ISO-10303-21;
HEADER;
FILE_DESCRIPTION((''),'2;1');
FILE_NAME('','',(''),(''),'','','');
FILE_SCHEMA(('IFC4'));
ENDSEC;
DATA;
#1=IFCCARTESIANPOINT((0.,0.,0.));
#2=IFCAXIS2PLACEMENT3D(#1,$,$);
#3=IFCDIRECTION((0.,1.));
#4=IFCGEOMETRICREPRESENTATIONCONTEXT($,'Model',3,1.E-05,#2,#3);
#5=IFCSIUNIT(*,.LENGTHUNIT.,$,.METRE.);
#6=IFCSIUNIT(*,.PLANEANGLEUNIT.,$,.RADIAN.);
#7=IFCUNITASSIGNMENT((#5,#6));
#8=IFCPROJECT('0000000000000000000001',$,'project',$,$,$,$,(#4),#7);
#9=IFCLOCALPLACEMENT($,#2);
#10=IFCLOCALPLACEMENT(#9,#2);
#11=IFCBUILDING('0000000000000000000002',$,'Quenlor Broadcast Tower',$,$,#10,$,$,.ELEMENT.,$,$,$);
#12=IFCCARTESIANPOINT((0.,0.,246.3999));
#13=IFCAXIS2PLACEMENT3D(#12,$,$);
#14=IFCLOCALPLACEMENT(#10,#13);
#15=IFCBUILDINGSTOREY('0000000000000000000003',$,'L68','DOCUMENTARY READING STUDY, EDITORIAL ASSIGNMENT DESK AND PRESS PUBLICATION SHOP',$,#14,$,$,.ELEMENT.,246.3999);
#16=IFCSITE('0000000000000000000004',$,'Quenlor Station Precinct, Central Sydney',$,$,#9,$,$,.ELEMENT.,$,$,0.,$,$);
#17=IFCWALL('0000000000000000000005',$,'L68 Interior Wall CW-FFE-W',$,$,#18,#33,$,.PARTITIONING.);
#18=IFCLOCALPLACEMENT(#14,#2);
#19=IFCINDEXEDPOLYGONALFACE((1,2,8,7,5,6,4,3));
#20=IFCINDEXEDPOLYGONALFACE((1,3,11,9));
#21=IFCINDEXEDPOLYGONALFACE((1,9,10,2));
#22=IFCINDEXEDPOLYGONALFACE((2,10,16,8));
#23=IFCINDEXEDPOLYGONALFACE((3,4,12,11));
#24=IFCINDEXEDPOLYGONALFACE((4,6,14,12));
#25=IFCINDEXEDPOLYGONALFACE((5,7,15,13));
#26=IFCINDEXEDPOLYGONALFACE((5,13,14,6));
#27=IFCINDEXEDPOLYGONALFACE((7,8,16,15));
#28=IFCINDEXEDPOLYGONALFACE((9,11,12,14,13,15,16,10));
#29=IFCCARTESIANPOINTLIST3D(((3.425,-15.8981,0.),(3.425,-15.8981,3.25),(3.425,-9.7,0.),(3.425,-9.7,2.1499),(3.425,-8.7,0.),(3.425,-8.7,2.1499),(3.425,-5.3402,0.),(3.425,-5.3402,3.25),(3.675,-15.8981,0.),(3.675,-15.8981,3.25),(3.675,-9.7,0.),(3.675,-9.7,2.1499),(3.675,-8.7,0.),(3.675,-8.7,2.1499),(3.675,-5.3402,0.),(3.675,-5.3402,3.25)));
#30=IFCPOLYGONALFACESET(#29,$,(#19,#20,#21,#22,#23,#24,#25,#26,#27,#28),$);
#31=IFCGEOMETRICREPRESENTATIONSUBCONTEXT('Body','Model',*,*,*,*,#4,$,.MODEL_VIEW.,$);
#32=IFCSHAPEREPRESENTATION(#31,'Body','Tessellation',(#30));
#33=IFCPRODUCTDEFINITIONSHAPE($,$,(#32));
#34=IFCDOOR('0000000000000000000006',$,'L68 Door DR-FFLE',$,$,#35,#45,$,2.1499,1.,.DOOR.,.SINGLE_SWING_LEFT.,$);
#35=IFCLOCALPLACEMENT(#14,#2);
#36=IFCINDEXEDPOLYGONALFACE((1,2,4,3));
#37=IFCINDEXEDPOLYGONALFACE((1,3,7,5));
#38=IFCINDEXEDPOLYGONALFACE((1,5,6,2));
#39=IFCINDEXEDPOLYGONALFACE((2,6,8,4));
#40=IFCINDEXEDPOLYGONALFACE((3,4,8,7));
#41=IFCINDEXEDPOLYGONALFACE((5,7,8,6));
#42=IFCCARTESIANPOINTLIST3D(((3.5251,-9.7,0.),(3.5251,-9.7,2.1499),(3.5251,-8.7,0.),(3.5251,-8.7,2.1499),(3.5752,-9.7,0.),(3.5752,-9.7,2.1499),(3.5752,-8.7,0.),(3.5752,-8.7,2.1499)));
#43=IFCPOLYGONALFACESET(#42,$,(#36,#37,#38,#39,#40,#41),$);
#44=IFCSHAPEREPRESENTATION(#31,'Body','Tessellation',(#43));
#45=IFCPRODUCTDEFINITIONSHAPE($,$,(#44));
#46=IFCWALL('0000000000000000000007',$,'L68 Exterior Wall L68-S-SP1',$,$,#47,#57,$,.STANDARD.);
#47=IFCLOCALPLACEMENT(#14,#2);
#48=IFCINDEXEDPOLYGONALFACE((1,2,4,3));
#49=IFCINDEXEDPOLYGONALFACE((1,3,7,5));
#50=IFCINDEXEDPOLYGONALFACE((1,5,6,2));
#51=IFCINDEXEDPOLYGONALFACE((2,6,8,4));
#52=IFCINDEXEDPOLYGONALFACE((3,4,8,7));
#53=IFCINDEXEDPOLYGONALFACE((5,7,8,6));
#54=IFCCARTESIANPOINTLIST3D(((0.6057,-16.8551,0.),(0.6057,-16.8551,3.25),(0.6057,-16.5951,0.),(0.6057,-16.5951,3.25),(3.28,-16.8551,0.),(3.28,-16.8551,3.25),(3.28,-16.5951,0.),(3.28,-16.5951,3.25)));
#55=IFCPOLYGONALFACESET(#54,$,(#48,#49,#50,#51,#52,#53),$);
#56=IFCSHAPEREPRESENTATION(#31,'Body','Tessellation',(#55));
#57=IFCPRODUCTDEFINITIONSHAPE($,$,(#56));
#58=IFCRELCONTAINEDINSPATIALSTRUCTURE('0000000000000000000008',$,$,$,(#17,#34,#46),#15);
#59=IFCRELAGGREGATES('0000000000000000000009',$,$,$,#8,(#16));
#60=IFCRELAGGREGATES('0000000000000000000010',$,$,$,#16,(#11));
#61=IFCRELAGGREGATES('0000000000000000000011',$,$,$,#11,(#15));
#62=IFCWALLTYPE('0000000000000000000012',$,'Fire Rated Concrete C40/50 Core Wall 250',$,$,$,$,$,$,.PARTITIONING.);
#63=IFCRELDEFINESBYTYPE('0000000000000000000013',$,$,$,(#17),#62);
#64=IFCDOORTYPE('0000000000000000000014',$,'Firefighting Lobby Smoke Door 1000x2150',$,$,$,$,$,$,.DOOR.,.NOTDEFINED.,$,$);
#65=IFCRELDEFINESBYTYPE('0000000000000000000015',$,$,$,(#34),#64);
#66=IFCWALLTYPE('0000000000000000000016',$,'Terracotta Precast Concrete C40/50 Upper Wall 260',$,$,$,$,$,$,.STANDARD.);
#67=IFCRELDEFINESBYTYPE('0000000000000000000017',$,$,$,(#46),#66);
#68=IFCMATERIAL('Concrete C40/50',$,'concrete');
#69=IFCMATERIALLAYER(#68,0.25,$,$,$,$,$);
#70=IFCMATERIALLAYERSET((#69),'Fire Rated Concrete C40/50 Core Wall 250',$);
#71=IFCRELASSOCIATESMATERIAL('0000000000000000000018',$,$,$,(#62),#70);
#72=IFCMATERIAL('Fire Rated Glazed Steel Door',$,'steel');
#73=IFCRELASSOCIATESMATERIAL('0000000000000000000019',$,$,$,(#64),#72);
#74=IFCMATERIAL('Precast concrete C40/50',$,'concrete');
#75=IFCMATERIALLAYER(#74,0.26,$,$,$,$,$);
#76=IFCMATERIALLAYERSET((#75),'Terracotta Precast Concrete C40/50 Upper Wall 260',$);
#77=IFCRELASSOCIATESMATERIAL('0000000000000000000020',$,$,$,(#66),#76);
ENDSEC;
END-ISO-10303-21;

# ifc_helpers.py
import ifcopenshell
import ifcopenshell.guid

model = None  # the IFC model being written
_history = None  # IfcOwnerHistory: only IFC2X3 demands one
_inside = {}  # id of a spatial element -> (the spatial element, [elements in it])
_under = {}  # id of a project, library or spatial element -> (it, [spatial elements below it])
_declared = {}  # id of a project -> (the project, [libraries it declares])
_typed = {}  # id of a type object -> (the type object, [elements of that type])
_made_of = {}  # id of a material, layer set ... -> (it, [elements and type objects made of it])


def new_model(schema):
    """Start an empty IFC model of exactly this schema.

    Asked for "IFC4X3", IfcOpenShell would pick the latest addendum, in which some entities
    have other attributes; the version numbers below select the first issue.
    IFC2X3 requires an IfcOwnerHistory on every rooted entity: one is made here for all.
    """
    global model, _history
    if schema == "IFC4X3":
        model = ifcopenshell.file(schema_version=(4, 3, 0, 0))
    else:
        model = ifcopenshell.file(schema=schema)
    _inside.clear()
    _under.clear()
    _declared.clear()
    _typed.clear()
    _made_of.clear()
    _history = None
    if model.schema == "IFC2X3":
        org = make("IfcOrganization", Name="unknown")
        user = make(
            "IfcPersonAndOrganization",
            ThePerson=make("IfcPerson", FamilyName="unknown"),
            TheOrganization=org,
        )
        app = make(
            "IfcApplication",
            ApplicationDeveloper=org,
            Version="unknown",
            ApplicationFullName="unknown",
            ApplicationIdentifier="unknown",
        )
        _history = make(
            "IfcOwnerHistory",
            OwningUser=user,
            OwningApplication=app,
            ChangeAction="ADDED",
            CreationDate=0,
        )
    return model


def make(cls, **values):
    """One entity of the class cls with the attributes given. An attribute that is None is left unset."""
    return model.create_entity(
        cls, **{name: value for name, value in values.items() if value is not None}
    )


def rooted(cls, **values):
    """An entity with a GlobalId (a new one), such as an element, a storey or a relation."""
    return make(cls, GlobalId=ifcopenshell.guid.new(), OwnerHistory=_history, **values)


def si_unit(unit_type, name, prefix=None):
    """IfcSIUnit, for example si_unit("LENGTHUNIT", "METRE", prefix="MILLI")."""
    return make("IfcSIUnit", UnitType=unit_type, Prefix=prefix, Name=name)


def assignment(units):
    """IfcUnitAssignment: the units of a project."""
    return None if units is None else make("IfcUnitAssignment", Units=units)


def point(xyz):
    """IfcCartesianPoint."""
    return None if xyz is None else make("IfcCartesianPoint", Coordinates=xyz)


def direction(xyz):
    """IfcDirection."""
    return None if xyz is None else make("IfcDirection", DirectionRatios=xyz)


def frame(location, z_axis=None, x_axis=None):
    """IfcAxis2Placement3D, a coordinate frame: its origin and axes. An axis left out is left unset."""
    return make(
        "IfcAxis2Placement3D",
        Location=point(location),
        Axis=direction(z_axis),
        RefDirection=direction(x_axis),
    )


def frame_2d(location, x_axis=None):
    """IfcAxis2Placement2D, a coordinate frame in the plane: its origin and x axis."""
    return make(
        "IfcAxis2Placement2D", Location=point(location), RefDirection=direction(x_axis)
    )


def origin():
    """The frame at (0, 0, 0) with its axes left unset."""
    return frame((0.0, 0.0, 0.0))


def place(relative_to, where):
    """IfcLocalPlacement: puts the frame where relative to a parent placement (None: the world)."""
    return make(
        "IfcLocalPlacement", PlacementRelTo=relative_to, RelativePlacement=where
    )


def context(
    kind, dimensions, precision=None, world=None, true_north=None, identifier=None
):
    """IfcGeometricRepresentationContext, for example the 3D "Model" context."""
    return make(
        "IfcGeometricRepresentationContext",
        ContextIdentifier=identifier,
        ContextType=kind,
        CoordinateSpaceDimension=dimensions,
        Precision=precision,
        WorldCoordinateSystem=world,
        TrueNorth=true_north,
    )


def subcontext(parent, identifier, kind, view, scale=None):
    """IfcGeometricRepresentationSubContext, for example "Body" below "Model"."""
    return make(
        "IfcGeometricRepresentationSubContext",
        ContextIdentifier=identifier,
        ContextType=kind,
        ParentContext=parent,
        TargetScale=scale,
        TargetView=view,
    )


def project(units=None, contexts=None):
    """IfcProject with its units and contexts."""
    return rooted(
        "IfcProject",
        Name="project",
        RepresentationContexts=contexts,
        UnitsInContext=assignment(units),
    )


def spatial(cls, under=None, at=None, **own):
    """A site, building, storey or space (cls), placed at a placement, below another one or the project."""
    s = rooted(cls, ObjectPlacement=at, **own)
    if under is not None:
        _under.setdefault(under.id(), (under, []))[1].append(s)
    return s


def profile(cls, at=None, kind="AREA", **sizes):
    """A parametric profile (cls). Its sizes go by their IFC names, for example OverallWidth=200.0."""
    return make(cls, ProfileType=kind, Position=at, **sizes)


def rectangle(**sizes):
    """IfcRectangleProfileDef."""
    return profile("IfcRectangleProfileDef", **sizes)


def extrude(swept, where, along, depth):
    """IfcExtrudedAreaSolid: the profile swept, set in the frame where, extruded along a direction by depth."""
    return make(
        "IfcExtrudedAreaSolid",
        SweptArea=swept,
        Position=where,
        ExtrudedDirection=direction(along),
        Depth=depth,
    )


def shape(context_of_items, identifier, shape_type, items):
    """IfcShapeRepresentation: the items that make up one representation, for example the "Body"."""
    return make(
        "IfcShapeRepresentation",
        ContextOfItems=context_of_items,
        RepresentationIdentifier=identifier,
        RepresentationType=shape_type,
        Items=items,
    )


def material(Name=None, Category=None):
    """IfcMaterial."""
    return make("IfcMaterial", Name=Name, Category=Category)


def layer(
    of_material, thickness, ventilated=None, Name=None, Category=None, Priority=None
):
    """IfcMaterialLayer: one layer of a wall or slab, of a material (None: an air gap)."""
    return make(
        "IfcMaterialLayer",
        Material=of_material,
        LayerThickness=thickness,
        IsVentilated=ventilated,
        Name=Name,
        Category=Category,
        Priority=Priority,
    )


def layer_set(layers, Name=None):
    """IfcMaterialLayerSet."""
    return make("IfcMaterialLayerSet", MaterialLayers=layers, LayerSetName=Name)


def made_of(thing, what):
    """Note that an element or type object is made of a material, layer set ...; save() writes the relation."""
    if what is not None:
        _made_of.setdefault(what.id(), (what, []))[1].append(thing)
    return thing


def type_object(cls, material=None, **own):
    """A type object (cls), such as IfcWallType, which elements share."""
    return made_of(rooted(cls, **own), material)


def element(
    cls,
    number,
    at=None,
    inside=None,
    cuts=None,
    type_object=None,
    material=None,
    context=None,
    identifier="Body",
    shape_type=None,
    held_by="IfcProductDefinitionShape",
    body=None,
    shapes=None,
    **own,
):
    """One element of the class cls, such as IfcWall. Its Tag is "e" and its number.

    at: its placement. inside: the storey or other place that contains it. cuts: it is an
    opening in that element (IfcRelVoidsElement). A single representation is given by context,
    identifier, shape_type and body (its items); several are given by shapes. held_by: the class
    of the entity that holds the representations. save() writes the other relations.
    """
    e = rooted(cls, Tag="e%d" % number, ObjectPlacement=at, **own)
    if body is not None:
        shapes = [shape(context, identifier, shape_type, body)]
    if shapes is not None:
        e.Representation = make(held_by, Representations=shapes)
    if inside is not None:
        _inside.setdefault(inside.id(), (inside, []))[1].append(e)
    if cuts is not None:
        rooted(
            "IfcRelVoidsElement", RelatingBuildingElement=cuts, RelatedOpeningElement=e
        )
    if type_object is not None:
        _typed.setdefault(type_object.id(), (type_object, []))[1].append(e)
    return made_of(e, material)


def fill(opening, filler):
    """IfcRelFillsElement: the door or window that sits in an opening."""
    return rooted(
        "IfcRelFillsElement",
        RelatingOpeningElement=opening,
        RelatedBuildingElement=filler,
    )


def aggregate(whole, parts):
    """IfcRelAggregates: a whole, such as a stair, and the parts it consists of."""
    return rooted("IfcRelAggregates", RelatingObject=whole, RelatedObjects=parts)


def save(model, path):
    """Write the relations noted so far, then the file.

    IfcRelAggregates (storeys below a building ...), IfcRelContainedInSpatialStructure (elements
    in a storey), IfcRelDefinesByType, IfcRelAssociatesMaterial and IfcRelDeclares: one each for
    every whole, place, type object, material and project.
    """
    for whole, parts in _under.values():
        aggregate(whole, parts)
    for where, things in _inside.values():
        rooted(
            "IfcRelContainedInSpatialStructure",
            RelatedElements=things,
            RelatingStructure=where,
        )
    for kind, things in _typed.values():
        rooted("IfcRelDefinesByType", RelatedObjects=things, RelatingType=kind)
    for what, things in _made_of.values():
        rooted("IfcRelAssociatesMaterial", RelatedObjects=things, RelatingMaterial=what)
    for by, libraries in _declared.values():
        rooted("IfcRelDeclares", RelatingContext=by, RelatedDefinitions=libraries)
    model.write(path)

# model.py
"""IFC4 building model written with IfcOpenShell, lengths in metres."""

from ifc_helpers import new_model, si_unit, direction, frame, frame_2d, origin, place, context, subcontext, project, spatial, rectangle, extrude, material, layer, layer_set, type_object, element, fill, save


model = new_model("IFC4")

# Units and contexts
model_context = context("Model", 3, precision=1e-05, world=origin(), true_north=direction((0.0, 1.0)))
body_context = subcontext(model_context, "Body", "Model", "MODEL_VIEW")
ifc_project = project(units=[si_unit("LENGTHUNIT", "METRE"), si_unit("PLANEANGLEUNIT", "RADIAN")], contexts=[model_context])

# Site, building, storey
site_placement = place(None, origin())
site = spatial("IfcSite", under=ifc_project, at=site_placement, Name="Quenlor Station Precinct, Central Sydney", CompositionType="ELEMENT", RefElevation=0.0)
building_placement = place(site_placement, origin())
building = spatial("IfcBuilding", under=site, at=building_placement, Name="Quenlor Broadcast Tower", CompositionType="ELEMENT")
storey_placement = place(building_placement, frame((0.0, 0.0, 246.3999)))
storey = spatial("IfcBuildingStorey", under=building, at=storey_placement, Name="L68", Description="DOCUMENTARY READING STUDY, EDITORIAL ASSIGNMENT DESK AND PRESS PUBLICATION SHOP", CompositionType="ELEMENT", Elevation=246.3999)

# Shared definitions
ifc_material_1 = material(Name="Concrete C40/50", Category="concrete")
ifc_layer_1 = layer(ifc_material_1, 0.25)
ifc_layer_set_1 = layer_set([ifc_layer_1], Name="Fire Rated Concrete C40/50 Core Wall 250")
wall_type_1 = type_object("IfcWallType", Name="Fire Rated Concrete C40/50 Core Wall 250", PredefinedType="PARTITIONING", material=ifc_layer_set_1)

# Wall, opening, door
wall_1_placement = place(storey_placement, frame((3.55, -15.8979, 0.0), z_axis=(0.0, 0.0, 1.0), x_axis=(0.0, 1.0, 0.0)))
wall_1 = element("IfcWall", 1, at=wall_1_placement, inside=storey, type_object=wall_type_1, Name="L68 Interior Wall CW-FFE-W", PredefinedType="PARTITIONING", context=body_context, shape_type="SweptSolid", body=[
    extrude(rectangle(XDim=10.5579, YDim=0.25, at=frame_2d((5.2788, 0.0))), origin(), (0.0, 0.0, 1.0), 3.25),
])
opening_placement = place(wall_1_placement, frame((6.198, 0.0, 0.0)))
opening = element("IfcOpeningElement", 2, at=opening_placement, cuts=wall_1, PredefinedType="OPENING", context=body_context, shape_type="SweptSolid", body=[
    extrude(rectangle(XDim=1.0, YDim=2.1499, at=frame_2d((0.5, 1.075))), frame((0.0, 0.135, 0.0), z_axis=(0.0, -1.0, 0.0), x_axis=(1.0, 0.0, 0.0)), (0.0, 0.0, 1.0), 0.27),
])
ifc_material_2 = material(Name="Fire Rated Glazed Steel Door", Category="steel")
door_type = type_object("IfcDoorType", Name="Firefighting Lobby Smoke Door 1000x2150", OperationType="NOTDEFINED", PredefinedType="DOOR", material=ifc_material_2)
door_placement = place(opening_placement, origin())
door = element("IfcDoor", 3, at=door_placement, inside=storey, type_object=door_type, Name="L68 Door DR-FFLE", OperationType="SINGLE_SWING_LEFT", OverallHeight=2.1499, OverallWidth=1.0, PredefinedType="DOOR", context=body_context, shape_type="SweptSolid", body=[
    extrude(rectangle(XDim=1.0, YDim=2.1499, at=frame_2d((0.5, 1.075))), frame((0.0, 0.0249, 0.0), z_axis=(0.0, -1.0, 0.0), x_axis=(1.0, 0.0, 0.0)), (0.0, 0.0, 1.0), 0.05),
])
fill(opening, door)

# Wall
ifc_material_3 = material(Name="Precast concrete C40/50", Category="concrete")
ifc_layer_2 = layer(ifc_material_3, 0.26)
ifc_layer_set_2 = layer_set([ifc_layer_2], Name="Terracotta Precast Concrete C40/50 Upper Wall 260")
wall_type_2 = type_object("IfcWallType", Name="Terracotta Precast Concrete C40/50 Upper Wall 260", PredefinedType="STANDARD", material=ifc_layer_set_2)
wall_2_placement = place(storey_placement, frame((3.28, -16.7251, 0.0), z_axis=(0.0, 0.0, 1.0), x_axis=(-1.0, 0.0, 0.0)))
element("IfcWall", 4, at=wall_2_placement, inside=storey, type_object=wall_type_2, Name="L68 Exterior Wall L68-S-SP1", PredefinedType="STANDARD", context=body_context, shape_type="SweptSolid", body=[
    extrude(rectangle(XDim=2.6743, YDim=0.26, at=frame_2d((1.3372, 0.0))), origin(), (0.0, 0.0, 1.0), 3.25),
])

save(model, "model.ifc")
